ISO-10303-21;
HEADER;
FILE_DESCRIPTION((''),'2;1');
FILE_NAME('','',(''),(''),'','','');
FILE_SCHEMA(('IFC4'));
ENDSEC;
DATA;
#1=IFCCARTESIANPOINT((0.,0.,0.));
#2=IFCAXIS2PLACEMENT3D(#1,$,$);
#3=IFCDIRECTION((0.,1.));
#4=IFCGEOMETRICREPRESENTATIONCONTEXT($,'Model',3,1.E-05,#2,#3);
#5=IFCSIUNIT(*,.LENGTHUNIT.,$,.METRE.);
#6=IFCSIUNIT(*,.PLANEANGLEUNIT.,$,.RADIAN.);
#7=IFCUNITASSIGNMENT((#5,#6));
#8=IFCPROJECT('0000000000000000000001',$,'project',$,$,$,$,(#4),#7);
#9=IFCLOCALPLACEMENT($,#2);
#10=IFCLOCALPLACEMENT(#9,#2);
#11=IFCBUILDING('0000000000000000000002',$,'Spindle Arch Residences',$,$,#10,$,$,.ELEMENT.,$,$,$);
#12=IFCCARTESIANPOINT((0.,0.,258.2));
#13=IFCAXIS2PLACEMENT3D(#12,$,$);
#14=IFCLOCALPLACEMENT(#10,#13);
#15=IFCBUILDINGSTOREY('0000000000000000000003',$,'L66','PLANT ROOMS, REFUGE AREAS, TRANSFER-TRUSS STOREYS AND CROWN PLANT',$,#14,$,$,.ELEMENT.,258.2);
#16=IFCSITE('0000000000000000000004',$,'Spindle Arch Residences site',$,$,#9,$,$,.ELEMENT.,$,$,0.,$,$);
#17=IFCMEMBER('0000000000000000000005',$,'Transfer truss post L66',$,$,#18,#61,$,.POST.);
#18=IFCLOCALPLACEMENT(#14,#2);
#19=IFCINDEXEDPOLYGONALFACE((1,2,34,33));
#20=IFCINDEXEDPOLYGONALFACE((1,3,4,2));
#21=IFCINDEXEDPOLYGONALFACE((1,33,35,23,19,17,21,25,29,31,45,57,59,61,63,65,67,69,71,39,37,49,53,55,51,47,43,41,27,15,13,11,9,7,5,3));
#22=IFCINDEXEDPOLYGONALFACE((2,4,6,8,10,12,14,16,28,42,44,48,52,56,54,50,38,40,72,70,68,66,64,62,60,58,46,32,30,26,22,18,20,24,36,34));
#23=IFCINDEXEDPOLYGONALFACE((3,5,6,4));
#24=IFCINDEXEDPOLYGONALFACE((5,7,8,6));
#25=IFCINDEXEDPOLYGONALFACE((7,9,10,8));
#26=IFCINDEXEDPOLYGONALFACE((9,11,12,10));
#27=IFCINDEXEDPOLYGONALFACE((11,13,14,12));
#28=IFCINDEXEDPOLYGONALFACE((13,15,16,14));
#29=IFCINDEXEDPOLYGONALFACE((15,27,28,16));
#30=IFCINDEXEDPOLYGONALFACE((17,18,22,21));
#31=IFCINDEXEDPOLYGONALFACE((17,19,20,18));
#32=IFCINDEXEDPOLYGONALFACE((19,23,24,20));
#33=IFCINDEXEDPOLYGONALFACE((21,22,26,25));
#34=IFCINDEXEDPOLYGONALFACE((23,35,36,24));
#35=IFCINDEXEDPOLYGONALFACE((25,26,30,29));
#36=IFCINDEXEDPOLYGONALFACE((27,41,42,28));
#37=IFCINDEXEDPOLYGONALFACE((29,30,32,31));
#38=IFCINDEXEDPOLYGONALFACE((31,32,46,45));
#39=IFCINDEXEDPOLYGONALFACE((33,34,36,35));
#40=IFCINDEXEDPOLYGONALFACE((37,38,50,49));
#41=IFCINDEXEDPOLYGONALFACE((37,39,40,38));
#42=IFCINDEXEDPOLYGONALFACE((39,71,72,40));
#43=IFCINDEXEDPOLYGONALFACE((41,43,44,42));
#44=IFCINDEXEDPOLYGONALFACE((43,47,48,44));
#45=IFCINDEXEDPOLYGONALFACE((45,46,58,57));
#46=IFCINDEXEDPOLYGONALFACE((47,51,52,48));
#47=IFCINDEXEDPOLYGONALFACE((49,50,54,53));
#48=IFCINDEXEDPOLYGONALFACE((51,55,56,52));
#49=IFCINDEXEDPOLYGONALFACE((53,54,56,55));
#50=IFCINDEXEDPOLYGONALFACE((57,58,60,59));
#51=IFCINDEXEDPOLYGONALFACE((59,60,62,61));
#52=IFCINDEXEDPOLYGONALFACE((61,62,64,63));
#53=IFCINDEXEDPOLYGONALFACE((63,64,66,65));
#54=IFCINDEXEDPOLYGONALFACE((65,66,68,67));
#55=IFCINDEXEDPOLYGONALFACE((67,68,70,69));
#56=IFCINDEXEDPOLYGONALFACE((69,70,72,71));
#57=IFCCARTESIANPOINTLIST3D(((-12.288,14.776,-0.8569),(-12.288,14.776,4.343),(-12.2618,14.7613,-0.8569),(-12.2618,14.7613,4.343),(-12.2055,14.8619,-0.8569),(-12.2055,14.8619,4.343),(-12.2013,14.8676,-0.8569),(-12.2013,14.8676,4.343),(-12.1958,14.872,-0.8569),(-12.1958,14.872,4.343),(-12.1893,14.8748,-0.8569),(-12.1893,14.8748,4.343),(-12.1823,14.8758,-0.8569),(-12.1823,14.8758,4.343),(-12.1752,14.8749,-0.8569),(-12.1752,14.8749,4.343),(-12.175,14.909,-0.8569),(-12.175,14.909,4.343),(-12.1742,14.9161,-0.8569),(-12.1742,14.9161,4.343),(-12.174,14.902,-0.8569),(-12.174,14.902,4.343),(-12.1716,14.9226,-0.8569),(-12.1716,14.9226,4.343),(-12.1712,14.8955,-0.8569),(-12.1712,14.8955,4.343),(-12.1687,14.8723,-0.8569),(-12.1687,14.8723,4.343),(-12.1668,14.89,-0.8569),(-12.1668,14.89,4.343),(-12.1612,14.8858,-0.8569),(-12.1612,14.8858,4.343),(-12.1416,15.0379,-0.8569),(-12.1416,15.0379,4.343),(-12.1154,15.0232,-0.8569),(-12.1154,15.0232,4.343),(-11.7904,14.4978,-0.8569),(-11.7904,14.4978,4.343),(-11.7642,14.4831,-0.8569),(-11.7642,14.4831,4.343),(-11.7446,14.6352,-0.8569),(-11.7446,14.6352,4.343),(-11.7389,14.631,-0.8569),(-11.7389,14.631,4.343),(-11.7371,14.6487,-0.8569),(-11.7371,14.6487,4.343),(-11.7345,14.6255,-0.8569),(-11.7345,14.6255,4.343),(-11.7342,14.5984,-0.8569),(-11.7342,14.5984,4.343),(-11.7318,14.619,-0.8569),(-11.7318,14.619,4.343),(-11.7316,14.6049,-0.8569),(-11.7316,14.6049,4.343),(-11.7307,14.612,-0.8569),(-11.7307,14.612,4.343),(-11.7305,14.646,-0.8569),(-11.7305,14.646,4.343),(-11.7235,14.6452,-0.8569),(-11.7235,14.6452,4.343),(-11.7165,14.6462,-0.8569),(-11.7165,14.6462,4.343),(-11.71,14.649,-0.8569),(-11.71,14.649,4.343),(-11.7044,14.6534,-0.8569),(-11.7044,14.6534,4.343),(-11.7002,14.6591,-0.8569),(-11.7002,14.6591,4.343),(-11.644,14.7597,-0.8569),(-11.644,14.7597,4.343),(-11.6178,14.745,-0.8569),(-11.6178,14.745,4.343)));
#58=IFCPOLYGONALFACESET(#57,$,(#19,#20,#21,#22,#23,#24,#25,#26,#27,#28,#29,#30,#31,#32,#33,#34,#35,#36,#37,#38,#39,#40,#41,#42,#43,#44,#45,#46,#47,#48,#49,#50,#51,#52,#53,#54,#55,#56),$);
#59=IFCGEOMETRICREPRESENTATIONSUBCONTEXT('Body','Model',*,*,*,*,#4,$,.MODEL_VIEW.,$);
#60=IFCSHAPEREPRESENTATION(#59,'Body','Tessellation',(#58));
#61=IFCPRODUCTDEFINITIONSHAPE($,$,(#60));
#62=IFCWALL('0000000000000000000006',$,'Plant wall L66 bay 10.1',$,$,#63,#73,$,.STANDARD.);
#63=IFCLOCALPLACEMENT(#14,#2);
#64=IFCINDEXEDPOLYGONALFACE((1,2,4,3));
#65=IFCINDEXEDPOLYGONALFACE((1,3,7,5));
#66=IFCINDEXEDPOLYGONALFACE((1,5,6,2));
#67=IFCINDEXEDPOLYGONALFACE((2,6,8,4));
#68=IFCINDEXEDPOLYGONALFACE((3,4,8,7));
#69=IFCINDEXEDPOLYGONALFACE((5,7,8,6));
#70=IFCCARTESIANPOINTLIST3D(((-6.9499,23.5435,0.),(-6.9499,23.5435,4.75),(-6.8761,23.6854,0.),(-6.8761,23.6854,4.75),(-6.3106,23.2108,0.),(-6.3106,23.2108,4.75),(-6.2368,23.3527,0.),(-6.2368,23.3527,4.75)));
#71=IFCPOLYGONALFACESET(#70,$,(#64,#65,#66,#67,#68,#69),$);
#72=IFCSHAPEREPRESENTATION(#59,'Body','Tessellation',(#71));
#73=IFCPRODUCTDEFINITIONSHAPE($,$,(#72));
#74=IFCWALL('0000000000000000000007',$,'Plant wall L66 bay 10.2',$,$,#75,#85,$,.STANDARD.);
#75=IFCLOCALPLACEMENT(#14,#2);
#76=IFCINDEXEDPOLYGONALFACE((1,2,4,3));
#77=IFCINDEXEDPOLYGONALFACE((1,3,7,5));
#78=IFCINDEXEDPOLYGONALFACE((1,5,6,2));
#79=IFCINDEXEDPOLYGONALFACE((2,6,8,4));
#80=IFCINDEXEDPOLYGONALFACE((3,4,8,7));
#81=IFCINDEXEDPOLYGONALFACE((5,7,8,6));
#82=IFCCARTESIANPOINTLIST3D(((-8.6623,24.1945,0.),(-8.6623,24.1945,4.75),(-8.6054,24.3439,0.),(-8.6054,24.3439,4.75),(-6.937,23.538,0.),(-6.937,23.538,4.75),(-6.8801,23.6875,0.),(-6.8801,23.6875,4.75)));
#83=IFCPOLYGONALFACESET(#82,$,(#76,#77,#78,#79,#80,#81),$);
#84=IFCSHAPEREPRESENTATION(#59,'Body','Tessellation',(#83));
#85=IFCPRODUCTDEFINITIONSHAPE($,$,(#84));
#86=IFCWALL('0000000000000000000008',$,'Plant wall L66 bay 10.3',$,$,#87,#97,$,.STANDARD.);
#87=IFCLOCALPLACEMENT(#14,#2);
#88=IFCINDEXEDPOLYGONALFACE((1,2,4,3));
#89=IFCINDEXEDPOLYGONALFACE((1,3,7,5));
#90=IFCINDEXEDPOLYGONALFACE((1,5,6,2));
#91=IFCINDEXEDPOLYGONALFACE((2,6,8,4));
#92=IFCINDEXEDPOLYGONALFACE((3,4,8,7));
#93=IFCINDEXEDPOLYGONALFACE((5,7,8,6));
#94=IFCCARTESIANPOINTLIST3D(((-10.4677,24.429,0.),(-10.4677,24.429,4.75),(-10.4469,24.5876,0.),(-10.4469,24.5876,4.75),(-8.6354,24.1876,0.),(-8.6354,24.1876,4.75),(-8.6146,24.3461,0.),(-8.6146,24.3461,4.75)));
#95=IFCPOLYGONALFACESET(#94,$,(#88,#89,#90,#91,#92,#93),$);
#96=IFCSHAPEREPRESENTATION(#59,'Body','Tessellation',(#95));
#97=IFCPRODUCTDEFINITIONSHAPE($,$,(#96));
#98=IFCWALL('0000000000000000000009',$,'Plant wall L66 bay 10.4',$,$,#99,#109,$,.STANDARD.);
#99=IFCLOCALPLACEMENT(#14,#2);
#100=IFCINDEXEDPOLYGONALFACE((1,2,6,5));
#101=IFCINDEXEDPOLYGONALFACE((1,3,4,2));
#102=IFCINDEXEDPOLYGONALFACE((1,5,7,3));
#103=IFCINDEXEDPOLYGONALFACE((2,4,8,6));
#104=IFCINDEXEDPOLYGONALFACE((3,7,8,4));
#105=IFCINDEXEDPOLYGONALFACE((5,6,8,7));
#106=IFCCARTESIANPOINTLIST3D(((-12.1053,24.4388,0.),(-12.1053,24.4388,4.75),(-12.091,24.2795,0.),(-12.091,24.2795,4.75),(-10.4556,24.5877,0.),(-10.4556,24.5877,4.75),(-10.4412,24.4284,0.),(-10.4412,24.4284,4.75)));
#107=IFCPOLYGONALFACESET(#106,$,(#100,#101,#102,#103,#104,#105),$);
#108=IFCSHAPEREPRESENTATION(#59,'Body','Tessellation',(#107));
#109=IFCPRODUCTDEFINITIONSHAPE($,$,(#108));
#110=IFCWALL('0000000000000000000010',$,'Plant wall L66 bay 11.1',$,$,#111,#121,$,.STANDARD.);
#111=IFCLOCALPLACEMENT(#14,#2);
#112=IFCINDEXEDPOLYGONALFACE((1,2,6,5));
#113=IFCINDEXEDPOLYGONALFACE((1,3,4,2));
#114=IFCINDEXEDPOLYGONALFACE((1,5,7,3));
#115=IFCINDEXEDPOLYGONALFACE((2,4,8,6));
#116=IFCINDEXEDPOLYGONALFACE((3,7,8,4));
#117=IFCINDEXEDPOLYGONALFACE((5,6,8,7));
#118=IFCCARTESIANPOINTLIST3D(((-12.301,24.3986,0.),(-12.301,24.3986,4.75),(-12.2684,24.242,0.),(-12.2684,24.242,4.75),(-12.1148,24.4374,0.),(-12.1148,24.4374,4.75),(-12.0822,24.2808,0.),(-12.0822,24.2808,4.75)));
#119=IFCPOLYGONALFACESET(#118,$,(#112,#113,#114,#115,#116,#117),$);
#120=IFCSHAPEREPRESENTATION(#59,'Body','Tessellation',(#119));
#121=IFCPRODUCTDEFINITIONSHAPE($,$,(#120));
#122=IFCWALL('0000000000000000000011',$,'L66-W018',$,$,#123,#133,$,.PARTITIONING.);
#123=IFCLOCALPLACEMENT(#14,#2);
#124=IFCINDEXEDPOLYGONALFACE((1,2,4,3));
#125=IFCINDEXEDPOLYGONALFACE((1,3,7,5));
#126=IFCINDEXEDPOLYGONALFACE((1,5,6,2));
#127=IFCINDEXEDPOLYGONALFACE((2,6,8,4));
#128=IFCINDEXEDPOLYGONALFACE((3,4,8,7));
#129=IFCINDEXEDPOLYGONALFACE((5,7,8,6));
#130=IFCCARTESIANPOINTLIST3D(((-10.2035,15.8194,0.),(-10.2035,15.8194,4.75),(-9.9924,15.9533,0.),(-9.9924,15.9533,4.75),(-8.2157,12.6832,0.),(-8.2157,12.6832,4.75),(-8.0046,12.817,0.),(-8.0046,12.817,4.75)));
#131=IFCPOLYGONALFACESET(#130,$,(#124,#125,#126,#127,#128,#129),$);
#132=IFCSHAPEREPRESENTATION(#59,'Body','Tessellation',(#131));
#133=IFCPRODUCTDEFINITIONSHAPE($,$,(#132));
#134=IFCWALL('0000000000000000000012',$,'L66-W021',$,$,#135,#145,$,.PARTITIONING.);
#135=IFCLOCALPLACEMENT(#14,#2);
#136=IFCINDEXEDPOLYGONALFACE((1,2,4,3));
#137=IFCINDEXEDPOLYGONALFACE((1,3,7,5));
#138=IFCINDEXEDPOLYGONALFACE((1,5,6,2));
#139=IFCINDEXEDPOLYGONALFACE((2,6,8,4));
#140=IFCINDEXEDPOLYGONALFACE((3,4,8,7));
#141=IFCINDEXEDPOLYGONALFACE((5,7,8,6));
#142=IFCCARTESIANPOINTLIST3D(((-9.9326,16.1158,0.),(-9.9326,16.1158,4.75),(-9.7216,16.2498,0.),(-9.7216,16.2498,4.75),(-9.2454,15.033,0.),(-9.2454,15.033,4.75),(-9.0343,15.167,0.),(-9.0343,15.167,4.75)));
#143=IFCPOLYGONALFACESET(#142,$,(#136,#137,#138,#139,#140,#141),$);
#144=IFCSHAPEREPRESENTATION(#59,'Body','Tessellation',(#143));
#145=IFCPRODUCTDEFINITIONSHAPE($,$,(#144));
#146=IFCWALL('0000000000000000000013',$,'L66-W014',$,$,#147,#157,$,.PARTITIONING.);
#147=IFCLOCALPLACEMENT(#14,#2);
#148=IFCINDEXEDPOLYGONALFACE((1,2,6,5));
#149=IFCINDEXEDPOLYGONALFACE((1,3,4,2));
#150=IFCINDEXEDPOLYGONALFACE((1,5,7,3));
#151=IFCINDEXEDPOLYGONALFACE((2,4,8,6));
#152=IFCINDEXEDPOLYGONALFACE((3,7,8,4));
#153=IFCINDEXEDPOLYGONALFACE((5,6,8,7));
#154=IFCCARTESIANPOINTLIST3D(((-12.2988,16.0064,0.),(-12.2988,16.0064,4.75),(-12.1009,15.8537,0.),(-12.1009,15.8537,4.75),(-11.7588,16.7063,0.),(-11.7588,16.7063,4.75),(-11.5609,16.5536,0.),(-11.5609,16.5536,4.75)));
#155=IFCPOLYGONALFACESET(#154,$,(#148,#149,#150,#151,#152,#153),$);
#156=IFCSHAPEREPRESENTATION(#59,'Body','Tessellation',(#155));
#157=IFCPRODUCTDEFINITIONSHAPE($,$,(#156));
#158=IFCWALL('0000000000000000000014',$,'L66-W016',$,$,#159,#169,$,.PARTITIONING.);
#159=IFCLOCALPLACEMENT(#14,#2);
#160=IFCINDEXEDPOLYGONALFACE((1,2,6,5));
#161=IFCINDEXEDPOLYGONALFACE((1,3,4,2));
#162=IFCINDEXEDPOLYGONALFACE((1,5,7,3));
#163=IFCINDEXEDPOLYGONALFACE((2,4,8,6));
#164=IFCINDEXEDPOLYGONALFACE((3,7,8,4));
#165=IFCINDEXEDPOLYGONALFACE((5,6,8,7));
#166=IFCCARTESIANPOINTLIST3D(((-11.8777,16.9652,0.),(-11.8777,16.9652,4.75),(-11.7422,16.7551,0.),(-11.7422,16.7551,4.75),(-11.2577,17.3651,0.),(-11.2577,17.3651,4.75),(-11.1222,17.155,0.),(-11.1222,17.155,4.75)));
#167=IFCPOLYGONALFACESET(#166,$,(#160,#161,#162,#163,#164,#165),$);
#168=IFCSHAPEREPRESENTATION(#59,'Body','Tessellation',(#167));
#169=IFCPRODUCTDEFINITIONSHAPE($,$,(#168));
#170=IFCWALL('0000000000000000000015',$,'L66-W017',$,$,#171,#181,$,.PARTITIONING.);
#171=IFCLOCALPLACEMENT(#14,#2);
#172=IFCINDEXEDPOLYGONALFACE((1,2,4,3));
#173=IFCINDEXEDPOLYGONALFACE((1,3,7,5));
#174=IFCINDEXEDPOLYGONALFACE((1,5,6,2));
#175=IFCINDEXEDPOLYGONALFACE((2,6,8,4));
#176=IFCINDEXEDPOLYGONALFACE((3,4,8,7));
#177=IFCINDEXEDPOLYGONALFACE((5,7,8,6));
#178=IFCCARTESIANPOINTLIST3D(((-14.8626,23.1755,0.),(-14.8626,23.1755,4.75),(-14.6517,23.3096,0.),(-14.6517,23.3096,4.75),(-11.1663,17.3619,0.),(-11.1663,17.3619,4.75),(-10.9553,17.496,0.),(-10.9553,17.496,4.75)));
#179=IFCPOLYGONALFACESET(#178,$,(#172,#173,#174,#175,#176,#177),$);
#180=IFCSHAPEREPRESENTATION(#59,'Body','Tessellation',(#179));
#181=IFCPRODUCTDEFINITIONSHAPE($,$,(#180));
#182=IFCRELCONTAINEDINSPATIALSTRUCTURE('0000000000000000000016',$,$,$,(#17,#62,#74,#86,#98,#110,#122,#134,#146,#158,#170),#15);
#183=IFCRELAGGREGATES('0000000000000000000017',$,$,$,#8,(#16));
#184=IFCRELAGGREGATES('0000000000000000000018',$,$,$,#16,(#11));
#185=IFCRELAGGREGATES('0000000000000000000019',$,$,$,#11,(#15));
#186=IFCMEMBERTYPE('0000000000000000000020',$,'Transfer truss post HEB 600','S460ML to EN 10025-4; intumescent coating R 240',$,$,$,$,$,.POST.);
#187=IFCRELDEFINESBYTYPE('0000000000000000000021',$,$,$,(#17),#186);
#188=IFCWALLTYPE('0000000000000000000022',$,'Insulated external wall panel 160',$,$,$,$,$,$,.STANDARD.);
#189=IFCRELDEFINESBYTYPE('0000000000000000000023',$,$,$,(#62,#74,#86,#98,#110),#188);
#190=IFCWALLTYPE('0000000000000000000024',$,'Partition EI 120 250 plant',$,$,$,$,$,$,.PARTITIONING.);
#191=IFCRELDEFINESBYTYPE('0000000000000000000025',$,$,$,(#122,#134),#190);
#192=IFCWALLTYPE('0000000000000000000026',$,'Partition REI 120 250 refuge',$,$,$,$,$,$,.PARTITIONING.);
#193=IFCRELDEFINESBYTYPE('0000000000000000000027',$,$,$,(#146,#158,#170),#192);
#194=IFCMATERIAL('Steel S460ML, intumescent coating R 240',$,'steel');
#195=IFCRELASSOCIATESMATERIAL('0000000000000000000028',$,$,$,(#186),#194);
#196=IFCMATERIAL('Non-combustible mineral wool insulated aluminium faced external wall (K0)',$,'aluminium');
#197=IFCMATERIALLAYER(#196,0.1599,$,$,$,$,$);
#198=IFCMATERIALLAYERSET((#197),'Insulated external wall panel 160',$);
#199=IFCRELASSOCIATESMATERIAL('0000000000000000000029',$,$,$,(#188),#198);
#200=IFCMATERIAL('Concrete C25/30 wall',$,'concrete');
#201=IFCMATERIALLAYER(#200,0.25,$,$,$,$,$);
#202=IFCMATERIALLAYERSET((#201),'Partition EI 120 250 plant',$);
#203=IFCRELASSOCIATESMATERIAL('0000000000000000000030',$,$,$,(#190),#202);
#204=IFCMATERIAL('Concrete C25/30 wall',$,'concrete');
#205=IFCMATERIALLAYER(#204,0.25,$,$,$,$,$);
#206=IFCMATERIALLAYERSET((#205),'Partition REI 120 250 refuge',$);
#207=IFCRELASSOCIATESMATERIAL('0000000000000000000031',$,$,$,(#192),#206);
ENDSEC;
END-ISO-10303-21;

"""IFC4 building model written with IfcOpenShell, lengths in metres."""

from ifc_helpers import new_model, si_unit, direction, frame, frame_2d, origin, origin_2d, place, context, subcontext, project, spatial, rectangle, i_section, extrude, material, layer, layer_set, material_profile, profile_set, type_object, element, save


model = new_model("IFC4")

# Units and contexts
model_context = context("Model", 3, precision=1e-05, world=origin(), true_north=direction((0.0, 1.0)))
body_context = subcontext(model_context, "Body", "Model", "MODEL_VIEW")
ifc_project = project(units=[si_unit("LENGTHUNIT", "METRE"), si_unit("PLANEANGLEUNIT", "RADIAN")], contexts=[model_context])

# Site, building, storey
site_placement = place(None, origin())
site = spatial("IfcSite", under=ifc_project, at=site_placement, Name="Spindle Arch Residences site", CompositionType="ELEMENT", RefElevation=0.0)
building_placement = place(site_placement, origin())
building = spatial("IfcBuilding", under=site, at=building_placement, Name="Spindle Arch Residences", CompositionType="ELEMENT")
storey_placement = place(building_placement, frame((0.0, 0.0, 258.2)))
storey = spatial("IfcBuildingStorey", under=building, at=storey_placement, Name="L66", Description="PLANT ROOMS, REFUGE AREAS, TRANSFER-TRUSS STOREYS AND CROWN PLANT", CompositionType="ELEMENT", Elevation=258.2)

# Member
ifc_material_1 = material(Name="Steel S460ML, intumescent coating R 240", Category="steel")
ifc_material_profile_1 = material_profile(ifc_material_1, i_section(OverallWidth=0.3, OverallDepth=0.6001, WebThickness=0.0154, FlangeThickness=0.03, FilletRadius=0.0271, at=origin_2d()), Name="HEB 600")
ifc_profile_set_1 = profile_set([ifc_material_profile_1], Name="Steel S460ML, intumescent coating R 240")
member_type_1 = type_object("IfcMemberType", Name="Transfer truss post HEB 600", Description="S460ML to EN 10025-4; intumescent coating R 240", PredefinedType="POST", material=ifc_profile_set_1)
member_1_placement = place(storey_placement, frame((-11.9529, 14.7605, -0.8569), z_axis=(0.0, 0.0, 1.0), x_axis=(0.488005, 0.872841, 0.0)))
element("IfcMember", 1, at=member_1_placement, inside=storey, type_object=member_type_1, Name="Transfer truss post L66", PredefinedType="POST", context=body_context, shape_type="SweptSolid", body=[
    extrude(i_section(OverallWidth=0.3, OverallDepth=0.6001, WebThickness=0.0154, FlangeThickness=0.03, FilletRadius=0.0271, at=origin_2d()), origin(), (0.0, 0.0, 1.0), 5.2),
])

# Walls
ifc_material_2 = material(Name="Non-combustible mineral wool insulated aluminium faced external wall (K0)", Category="aluminium")
ifc_layer_1 = layer(ifc_material_2, 0.1599)
ifc_layer_set_1 = layer_set([ifc_layer_1], Name="Insulated external wall panel 160")
wall_type_1 = type_object("IfcWallType", Name="Insulated external wall panel 160", PredefinedType="STANDARD", material=ifc_layer_set_1)
wall_1_placement = place(storey_placement, frame((-6.2737, 23.2817, 0.0), z_axis=(0.0, 0.0, 1.0), x_axis=(-0.887061, 0.461651, 0.0)))
element("IfcWall", 2, at=wall_1_placement, inside=storey, type_object=wall_type_1, Name="Plant wall L66 bay 10.1", PredefinedType="STANDARD", context=body_context, shape_type="SweptSolid", body=[
    extrude(rectangle(XDim=0.7207, YDim=0.1599, at=frame_2d((0.3604, 0.0))), origin(), (0.0, 0.0, 1.0), 4.75),
])
wall_2_placement = place(storey_placement, frame((-6.9087, 23.6128, 0.0), z_axis=(0.0, 0.0, 1.0), x_axis=(-0.934628, 0.355627, 0.0)))
element("IfcWall", 3, at=wall_2_placement, inside=storey, type_object=wall_type_1, Name="Plant wall L66 bay 10.2", PredefinedType="STANDARD", context=body_context, shape_type="SweptSolid", body=[
    extrude(rectangle(XDim=1.8459, YDim=0.1599, at=frame_2d((0.9229, 0.0))), origin(), (0.0, 0.0, 1.0), 4.75),
])
wall_3_placement = place(storey_placement, frame((-8.625, 24.2668, 0.0), z_axis=(0.0, 0.0, 1.0), x_axis=(-0.991429, 0.130649, 0.0)))
element("IfcWall", 4, at=wall_3_placement, inside=storey, type_object=wall_type_1, Name="Plant wall L66 bay 10.3", PredefinedType="STANDARD", context=body_context, shape_type="SweptSolid", body=[
    extrude(rectangle(XDim=1.8481, YDim=0.1599, at=frame_2d((0.9241, 0.0))), origin(), (0.0, 0.0, 1.0), 4.75),
])
wall_4_placement = place(storey_placement, frame((-10.4485, 24.5081, 0.0), z_axis=(0.0, 0.0, 1.0), x_axis=(-0.995951, -0.089898, 0.0)))
element("IfcWall", 5, at=wall_4_placement, inside=storey, type_object=wall_type_1, Name="Plant wall L66 bay 10.4", PredefinedType="STANDARD", context=body_context, shape_type="SweptSolid", body=[
    extrude(rectangle(XDim=1.6565, YDim=0.1599, at=frame_2d((0.8281, 0.0))), origin(), (0.0, 0.0, 1.0), 4.75),
])
wall_5_placement = place(storey_placement, frame((-12.0984, 24.3591, 0.0), z_axis=(0.0, 0.0, 1.0), x_axis=(-0.97897, -0.204005, 0.0)))
element("IfcWall", 6, at=wall_5_placement, inside=storey, type_object=wall_type_1, Name="Plant wall L66 bay 11.1", PredefinedType="STANDARD", context=body_context, shape_type="SweptSolid", body=[
    extrude(rectangle(XDim=0.1902, YDim=0.1599, at=frame_2d((0.0952, 0.0))), origin(), (0.0, 0.0, 1.0), 4.75),
])
ifc_material_3 = material(Name="Concrete C25/30 wall", Category="concrete")
ifc_layer_2 = layer(ifc_material_3, 0.25)
ifc_layer_set_2 = layer_set([ifc_layer_2], Name="Partition EI 120 250 plant")
wall_type_2 = type_object("IfcWallType", Name="Partition EI 120 250 plant", PredefinedType="PARTITIONING", material=ifc_layer_set_2)
wall_6_placement = place(storey_placement, frame((-10.0979, 15.8862, 0.0), z_axis=(0.0, 0.0, 1.0), x_axis=(0.535343, -0.844635, 0.0)))
element("IfcWall", 7, at=wall_6_placement, inside=storey, type_object=wall_type_2, Name="L66-W018", PredefinedType="PARTITIONING", context=body_context, shape_type="SweptSolid", body=[
    extrude(rectangle(XDim=3.7131, YDim=0.25, at=frame_2d((1.8564, 0.0))), origin(), (0.0, 0.0, 1.0), 4.75),
])
wall_7_placement = place(storey_placement, frame((-9.1399, 15.1001, 0.0), z_axis=(0.0, 0.0, 1.0), x_axis=(-0.53589, 0.844288, 0.0)))
element("IfcWall", 8, at=wall_7_placement, inside=storey, type_object=wall_type_2, Name="L66-W021", PredefinedType="PARTITIONING", context=body_context, shape_type="SweptSolid", body=[
    extrude(rectangle(XDim=1.2825, YDim=0.25, at=frame_2d((0.6411, 0.0))), origin(), (0.0, 0.0, 1.0), 4.75),
])
ifc_material_4 = material(Name="Concrete C25/30 wall", Category="concrete")
ifc_layer_3 = layer(ifc_material_4, 0.25)
ifc_layer_set_3 = layer_set([ifc_layer_3], Name="Partition REI 120 250 refuge")
wall_type_3 = type_object("IfcWallType", Name="Partition REI 120 250 refuge", PredefinedType="PARTITIONING", material=ifc_layer_set_3)
wall_8_placement = place(storey_placement, frame((-11.6599, 16.6299, 0.0), z_axis=(0.0, 0.0, 1.0), x_axis=(-0.610858, -0.79174, 0.0)))
element("IfcWall", 9, at=wall_8_placement, inside=storey, type_object=wall_type_3, Name="L66-W014", PredefinedType="PARTITIONING", context=body_context, shape_type="SweptSolid", body=[
    extrude(rectangle(XDim=0.884, YDim=0.25, at=frame_2d((0.4419, 0.0))), origin(), (0.0, 0.0, 1.0), 4.75),
])
wall_9_placement = place(storey_placement, frame((-11.1899, 17.26, 0.0), z_axis=(0.0, 0.0, 1.0), x_axis=(-0.840404, -0.541961, 0.0)))
element("IfcWall", 10, at=wall_9_placement, inside=storey, type_object=wall_type_3, Name="L66-W016", PredefinedType="PARTITIONING", context=body_context, shape_type="SweptSolid", body=[
    extrude(rectangle(XDim=0.7378, YDim=0.25, at=frame_2d((0.3689, 0.0))), origin(), (0.0, 0.0, 1.0), 4.75),
])
wall_10_placement = place(storey_placement, frame((-11.0608, 17.429, 0.0), z_axis=(0.0, 0.0, 1.0), x_axis=(-0.536545, 0.843872, 0.0)))
element("IfcWall", 11, at=wall_10_placement, inside=storey, type_object=wall_type_3, Name="L66-W017", PredefinedType="PARTITIONING", context=body_context, shape_type="SweptSolid", body=[
    extrude(rectangle(XDim=6.8892, YDim=0.25, at=frame_2d((3.4446, 0.0))), origin(), (0.0, 0.0, 1.0), 4.75),
])

save(model, "model.ifc")
